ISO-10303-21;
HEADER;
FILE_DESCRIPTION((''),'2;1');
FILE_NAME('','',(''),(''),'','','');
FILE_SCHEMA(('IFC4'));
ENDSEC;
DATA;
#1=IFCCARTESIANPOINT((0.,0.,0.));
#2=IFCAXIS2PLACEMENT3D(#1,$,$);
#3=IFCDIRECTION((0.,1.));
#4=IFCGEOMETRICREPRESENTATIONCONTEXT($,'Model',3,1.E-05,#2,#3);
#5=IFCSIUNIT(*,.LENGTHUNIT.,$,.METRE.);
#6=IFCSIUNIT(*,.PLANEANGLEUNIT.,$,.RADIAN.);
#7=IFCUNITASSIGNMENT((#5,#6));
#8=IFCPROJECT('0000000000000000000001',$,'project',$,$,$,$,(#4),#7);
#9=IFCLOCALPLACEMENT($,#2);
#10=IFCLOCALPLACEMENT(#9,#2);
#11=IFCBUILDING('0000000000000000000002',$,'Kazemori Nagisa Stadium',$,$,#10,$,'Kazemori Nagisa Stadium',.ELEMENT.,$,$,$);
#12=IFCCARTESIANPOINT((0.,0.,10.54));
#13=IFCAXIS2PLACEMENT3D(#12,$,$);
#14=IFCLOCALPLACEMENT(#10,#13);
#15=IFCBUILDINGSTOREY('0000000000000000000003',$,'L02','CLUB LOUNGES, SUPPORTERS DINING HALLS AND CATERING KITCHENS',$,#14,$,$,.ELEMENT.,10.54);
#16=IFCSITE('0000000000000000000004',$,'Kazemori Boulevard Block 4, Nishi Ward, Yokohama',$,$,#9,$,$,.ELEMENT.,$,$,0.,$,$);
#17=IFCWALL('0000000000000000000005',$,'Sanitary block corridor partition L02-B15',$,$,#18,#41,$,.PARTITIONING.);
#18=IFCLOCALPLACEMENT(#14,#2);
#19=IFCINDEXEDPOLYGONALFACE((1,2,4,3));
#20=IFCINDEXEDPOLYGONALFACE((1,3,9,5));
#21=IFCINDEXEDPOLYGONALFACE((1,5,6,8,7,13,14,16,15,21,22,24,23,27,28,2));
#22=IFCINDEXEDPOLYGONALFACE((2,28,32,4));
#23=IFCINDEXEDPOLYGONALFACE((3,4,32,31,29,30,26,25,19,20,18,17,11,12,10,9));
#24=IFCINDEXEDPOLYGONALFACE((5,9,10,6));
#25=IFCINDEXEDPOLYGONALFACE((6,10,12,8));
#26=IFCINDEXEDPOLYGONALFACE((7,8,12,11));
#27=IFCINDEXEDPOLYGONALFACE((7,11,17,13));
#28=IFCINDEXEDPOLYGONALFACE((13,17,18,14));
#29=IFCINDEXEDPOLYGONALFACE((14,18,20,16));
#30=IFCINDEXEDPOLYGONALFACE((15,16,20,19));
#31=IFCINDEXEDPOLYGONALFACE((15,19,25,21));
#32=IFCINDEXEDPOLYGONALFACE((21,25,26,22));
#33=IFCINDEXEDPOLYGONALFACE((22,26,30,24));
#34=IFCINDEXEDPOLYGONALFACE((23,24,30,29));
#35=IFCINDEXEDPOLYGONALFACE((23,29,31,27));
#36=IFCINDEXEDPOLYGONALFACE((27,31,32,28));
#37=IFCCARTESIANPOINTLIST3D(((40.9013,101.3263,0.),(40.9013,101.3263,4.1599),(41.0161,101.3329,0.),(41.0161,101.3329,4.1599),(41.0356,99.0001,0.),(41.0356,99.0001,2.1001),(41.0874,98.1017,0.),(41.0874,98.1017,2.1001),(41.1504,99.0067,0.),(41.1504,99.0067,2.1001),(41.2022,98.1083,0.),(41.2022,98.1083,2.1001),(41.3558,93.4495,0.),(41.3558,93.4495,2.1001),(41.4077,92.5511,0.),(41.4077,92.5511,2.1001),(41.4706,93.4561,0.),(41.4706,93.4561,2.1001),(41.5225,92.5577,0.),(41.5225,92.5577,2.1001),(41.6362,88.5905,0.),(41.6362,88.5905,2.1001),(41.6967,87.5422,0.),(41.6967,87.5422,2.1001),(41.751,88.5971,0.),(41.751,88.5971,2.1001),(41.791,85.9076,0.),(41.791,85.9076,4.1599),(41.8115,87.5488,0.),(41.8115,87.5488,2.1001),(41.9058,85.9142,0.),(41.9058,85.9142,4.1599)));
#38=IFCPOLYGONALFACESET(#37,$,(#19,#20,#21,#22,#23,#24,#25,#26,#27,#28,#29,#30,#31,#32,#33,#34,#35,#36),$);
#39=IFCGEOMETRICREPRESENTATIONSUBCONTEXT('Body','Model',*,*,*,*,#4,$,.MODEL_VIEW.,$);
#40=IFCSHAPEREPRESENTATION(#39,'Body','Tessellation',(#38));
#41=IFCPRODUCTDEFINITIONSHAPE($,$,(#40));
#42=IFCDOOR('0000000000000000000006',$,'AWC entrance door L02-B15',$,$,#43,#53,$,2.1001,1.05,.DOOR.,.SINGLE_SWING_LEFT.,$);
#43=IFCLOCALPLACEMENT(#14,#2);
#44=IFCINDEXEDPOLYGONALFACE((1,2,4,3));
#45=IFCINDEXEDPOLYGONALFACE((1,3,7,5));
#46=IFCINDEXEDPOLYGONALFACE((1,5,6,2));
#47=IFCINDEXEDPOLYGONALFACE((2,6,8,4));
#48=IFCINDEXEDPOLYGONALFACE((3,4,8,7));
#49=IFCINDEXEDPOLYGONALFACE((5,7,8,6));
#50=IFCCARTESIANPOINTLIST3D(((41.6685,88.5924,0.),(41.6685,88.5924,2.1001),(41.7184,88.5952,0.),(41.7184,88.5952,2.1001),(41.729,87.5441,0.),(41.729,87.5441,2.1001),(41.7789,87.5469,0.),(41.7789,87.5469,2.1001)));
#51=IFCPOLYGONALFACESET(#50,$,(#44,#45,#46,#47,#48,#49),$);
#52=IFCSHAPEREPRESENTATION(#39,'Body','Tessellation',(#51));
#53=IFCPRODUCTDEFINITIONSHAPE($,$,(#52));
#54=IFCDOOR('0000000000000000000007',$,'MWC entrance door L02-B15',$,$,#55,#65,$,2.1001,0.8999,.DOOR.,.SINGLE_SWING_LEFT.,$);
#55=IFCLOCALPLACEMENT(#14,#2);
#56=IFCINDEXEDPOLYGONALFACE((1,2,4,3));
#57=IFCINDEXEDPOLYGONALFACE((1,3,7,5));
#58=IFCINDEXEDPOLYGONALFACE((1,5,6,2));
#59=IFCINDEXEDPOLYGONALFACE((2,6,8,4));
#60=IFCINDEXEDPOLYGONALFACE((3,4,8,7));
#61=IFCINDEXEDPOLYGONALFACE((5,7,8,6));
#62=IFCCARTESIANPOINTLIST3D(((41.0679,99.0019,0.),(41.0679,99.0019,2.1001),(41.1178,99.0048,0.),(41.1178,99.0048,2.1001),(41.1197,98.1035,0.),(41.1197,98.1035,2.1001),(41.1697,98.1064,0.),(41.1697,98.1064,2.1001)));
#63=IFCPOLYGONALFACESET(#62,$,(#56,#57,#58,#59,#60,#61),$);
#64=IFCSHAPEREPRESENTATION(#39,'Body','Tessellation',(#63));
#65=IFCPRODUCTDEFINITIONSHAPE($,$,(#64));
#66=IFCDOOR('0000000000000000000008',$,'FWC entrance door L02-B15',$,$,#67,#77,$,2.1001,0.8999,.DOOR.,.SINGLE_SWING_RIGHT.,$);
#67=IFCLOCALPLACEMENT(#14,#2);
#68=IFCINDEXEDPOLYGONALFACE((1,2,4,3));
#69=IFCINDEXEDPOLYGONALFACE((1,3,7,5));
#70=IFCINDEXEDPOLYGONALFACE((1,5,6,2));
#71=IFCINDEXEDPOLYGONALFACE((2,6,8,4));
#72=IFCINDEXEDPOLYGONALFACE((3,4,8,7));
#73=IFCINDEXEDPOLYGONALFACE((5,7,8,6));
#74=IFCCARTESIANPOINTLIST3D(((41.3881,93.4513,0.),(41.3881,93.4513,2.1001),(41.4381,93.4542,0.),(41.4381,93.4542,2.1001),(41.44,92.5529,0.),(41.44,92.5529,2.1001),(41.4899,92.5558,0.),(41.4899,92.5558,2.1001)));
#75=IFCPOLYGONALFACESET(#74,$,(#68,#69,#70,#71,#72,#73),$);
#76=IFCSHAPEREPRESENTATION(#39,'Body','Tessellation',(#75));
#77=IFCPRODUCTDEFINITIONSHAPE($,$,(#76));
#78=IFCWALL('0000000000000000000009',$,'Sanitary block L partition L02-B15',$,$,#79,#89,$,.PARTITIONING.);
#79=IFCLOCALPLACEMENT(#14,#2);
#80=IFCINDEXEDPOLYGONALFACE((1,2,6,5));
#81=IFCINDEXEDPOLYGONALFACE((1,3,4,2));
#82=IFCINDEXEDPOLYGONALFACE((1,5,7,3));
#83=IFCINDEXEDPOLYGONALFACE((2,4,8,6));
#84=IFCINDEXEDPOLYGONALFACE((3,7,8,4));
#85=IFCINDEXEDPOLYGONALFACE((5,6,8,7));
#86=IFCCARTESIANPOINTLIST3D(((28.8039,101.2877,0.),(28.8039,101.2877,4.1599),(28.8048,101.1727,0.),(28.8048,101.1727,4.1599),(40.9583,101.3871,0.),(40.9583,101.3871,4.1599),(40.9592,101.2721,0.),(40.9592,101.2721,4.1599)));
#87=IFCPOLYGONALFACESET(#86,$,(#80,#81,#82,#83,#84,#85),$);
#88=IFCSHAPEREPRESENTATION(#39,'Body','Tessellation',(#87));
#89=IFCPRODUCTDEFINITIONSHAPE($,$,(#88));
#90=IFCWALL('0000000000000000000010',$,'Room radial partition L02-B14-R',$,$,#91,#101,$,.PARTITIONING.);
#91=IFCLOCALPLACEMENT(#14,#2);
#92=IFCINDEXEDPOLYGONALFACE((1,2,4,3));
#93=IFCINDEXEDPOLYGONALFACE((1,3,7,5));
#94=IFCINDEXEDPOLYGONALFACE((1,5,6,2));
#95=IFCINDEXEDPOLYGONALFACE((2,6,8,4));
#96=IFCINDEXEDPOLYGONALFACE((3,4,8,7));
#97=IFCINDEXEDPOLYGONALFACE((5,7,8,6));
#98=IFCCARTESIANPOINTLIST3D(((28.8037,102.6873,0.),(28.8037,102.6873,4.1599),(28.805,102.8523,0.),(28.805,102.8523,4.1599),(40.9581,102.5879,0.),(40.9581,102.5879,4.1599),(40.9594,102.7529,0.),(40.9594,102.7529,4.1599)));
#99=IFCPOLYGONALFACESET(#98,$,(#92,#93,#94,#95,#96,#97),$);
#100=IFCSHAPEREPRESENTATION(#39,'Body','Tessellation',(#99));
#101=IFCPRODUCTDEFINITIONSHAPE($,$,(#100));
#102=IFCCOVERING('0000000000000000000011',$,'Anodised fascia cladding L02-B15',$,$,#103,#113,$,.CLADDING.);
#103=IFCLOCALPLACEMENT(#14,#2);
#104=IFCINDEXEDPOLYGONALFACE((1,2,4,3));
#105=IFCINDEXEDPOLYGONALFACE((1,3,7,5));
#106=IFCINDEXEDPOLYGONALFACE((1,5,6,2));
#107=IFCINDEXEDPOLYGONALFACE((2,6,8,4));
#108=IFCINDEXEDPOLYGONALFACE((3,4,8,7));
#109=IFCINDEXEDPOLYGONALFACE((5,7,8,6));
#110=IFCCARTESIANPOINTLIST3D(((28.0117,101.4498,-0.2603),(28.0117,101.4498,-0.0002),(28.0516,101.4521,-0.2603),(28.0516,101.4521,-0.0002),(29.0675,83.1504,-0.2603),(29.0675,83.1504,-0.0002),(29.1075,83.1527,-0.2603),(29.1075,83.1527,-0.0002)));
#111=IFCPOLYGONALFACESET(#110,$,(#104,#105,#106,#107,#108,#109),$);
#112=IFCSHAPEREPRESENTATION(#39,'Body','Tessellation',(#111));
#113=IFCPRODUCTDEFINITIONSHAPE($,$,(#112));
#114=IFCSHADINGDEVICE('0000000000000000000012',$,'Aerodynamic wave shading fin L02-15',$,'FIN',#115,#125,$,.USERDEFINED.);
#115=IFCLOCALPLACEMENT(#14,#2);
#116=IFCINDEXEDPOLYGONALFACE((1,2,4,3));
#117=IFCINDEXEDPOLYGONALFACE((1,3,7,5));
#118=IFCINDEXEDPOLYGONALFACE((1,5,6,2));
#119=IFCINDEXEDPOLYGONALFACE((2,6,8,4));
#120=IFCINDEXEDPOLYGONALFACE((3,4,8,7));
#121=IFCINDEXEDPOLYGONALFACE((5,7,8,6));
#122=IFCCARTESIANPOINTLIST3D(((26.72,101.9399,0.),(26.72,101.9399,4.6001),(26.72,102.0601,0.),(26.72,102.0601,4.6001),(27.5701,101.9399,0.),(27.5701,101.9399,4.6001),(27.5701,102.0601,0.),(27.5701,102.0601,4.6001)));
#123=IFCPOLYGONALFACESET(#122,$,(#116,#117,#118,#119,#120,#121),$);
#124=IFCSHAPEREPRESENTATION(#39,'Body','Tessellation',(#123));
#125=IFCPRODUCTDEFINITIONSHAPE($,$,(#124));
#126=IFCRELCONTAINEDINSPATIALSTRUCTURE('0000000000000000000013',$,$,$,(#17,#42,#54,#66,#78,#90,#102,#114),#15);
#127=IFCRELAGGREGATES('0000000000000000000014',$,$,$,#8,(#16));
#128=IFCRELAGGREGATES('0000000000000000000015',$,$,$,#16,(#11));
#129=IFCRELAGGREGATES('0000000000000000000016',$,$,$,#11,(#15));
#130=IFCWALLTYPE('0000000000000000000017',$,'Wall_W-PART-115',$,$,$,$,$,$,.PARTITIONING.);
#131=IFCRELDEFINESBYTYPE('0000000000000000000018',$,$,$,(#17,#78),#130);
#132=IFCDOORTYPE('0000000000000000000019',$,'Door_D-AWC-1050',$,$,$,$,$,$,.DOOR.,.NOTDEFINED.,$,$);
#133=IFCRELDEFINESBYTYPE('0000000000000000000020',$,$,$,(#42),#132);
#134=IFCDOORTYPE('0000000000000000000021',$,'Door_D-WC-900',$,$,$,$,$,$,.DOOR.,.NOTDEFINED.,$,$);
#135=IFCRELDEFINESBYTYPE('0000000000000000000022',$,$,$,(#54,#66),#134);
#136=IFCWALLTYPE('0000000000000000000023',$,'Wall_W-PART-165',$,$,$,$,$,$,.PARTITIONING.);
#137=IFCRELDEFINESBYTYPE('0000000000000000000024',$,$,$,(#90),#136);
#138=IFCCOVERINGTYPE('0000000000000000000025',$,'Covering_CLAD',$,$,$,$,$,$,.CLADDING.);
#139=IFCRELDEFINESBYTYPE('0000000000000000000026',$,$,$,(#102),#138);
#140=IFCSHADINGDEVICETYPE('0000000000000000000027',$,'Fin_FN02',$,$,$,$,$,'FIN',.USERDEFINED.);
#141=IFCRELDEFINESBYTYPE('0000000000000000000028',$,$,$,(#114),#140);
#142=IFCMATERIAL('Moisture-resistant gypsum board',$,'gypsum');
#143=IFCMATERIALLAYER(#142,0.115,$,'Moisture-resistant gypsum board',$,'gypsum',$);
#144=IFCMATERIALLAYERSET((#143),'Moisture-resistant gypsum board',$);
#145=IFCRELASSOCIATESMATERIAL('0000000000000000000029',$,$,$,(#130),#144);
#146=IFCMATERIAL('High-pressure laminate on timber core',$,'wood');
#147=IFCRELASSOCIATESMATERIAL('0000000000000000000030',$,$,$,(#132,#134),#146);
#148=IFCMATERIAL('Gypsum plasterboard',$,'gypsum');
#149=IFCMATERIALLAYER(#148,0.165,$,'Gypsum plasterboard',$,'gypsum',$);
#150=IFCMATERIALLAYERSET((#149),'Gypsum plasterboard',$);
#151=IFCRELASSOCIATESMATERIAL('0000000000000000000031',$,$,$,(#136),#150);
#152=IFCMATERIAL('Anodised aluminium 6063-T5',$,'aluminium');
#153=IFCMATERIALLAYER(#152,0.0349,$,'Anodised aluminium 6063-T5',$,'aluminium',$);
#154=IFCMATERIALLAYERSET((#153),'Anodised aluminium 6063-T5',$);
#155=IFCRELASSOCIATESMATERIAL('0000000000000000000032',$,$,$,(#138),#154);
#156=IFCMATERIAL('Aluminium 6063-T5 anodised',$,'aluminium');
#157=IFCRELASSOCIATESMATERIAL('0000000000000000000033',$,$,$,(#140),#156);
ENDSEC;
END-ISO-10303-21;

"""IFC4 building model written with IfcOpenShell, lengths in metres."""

from ifc_helpers import new_model, si_unit, direction, frame, frame_2d, origin, origin_2d, place, context, subcontext, project, spatial, rectangle, extrude, material, layer, layer_set, type_object, element, fill, save


model = new_model("IFC4")

# Units and contexts
model_context = context("Model", 3, precision=1e-05, world=origin(), true_north=direction((0.0, 1.0)))
body_context = subcontext(model_context, "Body", "Model", "MODEL_VIEW")
ifc_project = project(units=[si_unit("LENGTHUNIT", "METRE"), si_unit("PLANEANGLEUNIT", "RADIAN")], contexts=[model_context])

# Site, building, storey
site_placement = place(None, origin())
site = spatial("IfcSite", under=ifc_project, at=site_placement, Name="Kazemori Boulevard Block 4, Nishi Ward, Yokohama", CompositionType="ELEMENT", RefElevation=0.0)
building_placement = place(site_placement, origin())
building = spatial("IfcBuilding", under=site, at=building_placement, Name="Kazemori Nagisa Stadium", LongName="Kazemori Nagisa Stadium", CompositionType="ELEMENT")
storey_placement = place(building_placement, frame((0.0, 0.0, 10.54)))
storey = spatial("IfcBuildingStorey", under=building, at=storey_placement, Name="L02", Description="CLUB LOUNGES, SUPPORTERS DINING HALLS AND CATERING KITCHENS", CompositionType="ELEMENT", Elevation=10.54)

# Shared definitions
ifc_material_1 = material(Name="Anodised aluminium 6063-T5", Category="aluminium")
ifc_material_2 = material(Name="Aluminium 6063-T5 anodised", Category="aluminium")

# Wall, openings, doors
ifc_material_3 = material(Name="Moisture-resistant gypsum board", Category="gypsum")
ifc_layer_1 = layer(ifc_material_3, 0.115, Name="Moisture-resistant gypsum board", Category="gypsum")
ifc_layer_set_1 = layer_set([ifc_layer_1], Name="Moisture-resistant gypsum board")
wall_type_1 = type_object("IfcWallType", Name="Wall_W-PART-115", PredefinedType="PARTITIONING", material=ifc_layer_set_1)
wall_1_placement = place(storey_placement, frame((40.9587, 101.3296, 0.0), z_axis=(0.0, 0.0, 1.0), x_axis=(0.057604, -0.99834, 0.0)))
wall_1 = element("IfcWall", 1, at=wall_1_placement, inside=storey, type_object=wall_type_1, Name="Sanitary block corridor partition L02-B15", PredefinedType="PARTITIONING", context=body_context, shape_type="SweptSolid", body=[
    extrude(rectangle(XDim=15.4443, YDim=0.115, at=frame_2d((7.7222, 0.0))), origin(), (0.0, 0.0, 1.0), 4.1599),
])
opening_1_placement = place(wall_1_placement, frame((2.3301, 0.0, 0.0)))
opening_1 = element("IfcOpeningElement", 2, at=opening_1_placement, cuts=wall_1, PredefinedType="OPENING", context=body_context, shape_type="SweptSolid", body=[
    extrude(rectangle(XDim=0.8999, YDim=2.1001, at=frame_2d((0.45, 1.05))), frame((0.0, 0.0674, 0.0), z_axis=(0.0, -1.0, 0.0), x_axis=(1.0, 0.0, 0.0)), (0.0, 0.0, 1.0), 0.135),
])
opening_2_placement = place(wall_1_placement, frame((7.8899, 0.0, 0.0)))
opening_2 = element("IfcOpeningElement", 3, at=opening_2_placement, cuts=wall_1, PredefinedType="OPENING", context=body_context, shape_type="SweptSolid", body=[
    extrude(rectangle(XDim=0.8999, YDim=2.1001, at=frame_2d((0.45, 1.05))), frame((0.0, 0.0674, 0.0), z_axis=(0.0, -1.0, 0.0), x_axis=(1.0, 0.0, 0.0)), (0.0, 0.0, 1.0), 0.135),
])
opening_3_placement = place(wall_1_placement, frame((12.7571, 0.0, 0.0)))
opening_3 = element("IfcOpeningElement", 4, at=opening_3_placement, cuts=wall_1, PredefinedType="OPENING", context=body_context, shape_type="SweptSolid", body=[
    extrude(rectangle(XDim=1.05, YDim=2.1001, at=frame_2d((0.5249, 1.05))), frame((0.0, 0.0674, 0.0), z_axis=(0.0, -1.0, 0.0), x_axis=(1.0, 0.0, 0.0)), (0.0, 0.0, 1.0), 0.135),
])
ifc_material_4 = material(Name="High-pressure laminate on timber core", Category="wood")
door_type_1 = type_object("IfcDoorType", Name="Door_D-AWC-1050", OperationType="NOTDEFINED", PredefinedType="DOOR", material=ifc_material_4)
door_1_placement = place(opening_3_placement, origin())
door_1 = element("IfcDoor", 5, at=door_1_placement, inside=storey, type_object=door_type_1, Name="AWC entrance door L02-B15", OperationType="SINGLE_SWING_LEFT", OverallHeight=2.1001, OverallWidth=1.05, PredefinedType="DOOR", context=body_context, shape_type="SweptSolid", body=[
    extrude(rectangle(XDim=1.05, YDim=2.1001, at=frame_2d((0.5249, 1.05))), frame((0.0, 0.0249, 0.0), z_axis=(0.0, -1.0, 0.0), x_axis=(1.0, 0.0, 0.0)), (0.0, 0.0, 1.0), 0.05),
])
fill(opening_3, door_1)
door_type_2 = type_object("IfcDoorType", Name="Door_D-WC-900", OperationType="NOTDEFINED", PredefinedType="DOOR", material=ifc_material_4)
door_2_placement = place(opening_1_placement, origin())
door_2 = element("IfcDoor", 6, at=door_2_placement, inside=storey, type_object=door_type_2, Name="MWC entrance door L02-B15", OperationType="SINGLE_SWING_LEFT", OverallHeight=2.1001, OverallWidth=0.8999, PredefinedType="DOOR", context=body_context, shape_type="SweptSolid", body=[
    extrude(rectangle(XDim=0.8999, YDim=2.1001, at=frame_2d((0.45, 1.05))), frame((0.0, 0.0249, 0.0), z_axis=(0.0, -1.0, 0.0), x_axis=(1.0, 0.0, 0.0)), (0.0, 0.0, 1.0), 0.05),
])
fill(opening_1, door_2)
door_3_placement = place(opening_2_placement, origin())
door_3 = element("IfcDoor", 7, at=door_3_placement, inside=storey, type_object=door_type_2, Name="FWC entrance door L02-B15", OperationType="SINGLE_SWING_RIGHT", OverallHeight=2.1001, OverallWidth=0.8999, PredefinedType="DOOR", context=body_context, shape_type="SweptSolid", body=[
    extrude(rectangle(XDim=0.8999, YDim=2.1001, at=frame_2d((0.45, 1.05))), frame((0.0, 0.0249, 0.0), z_axis=(0.0, -1.0, 0.0), x_axis=(1.0, 0.0, 0.0)), (0.0, 0.0, 1.0), 0.05),
])
fill(opening_2, door_3)

# Walls
wall_2_placement = place(storey_placement, frame((40.9587, 101.3296, 0.0), z_axis=(0.0, 0.0, 1.0), x_axis=(-0.999967, -0.008175, 0.0)))
element("IfcWall", 8, at=wall_2_placement, inside=storey, type_object=wall_type_1, Name="Sanitary block L partition L02-B15", PredefinedType="PARTITIONING", context=body_context, shape_type="SweptSolid", body=[
    extrude(rectangle(XDim=12.1548, YDim=0.115, at=frame_2d((6.0774, 0.0))), origin(), (0.0, 0.0, 1.0), 4.1599),
])
ifc_material_5 = material(Name="Gypsum plasterboard", Category="gypsum")
ifc_layer_2 = layer(ifc_material_5, 0.165, Name="Gypsum plasterboard", Category="gypsum")
ifc_layer_set_2 = layer_set([ifc_layer_2], Name="Gypsum plasterboard")
wall_type_2 = type_object("IfcWallType", Name="Wall_W-PART-165", PredefinedType="PARTITIONING", material=ifc_layer_set_2)
wall_3_placement = place(storey_placement, frame((40.9587, 102.6704, 0.0), z_axis=(0.0, 0.0, 1.0), x_axis=(-0.999967, 0.008175, 0.0)))
element("IfcWall", 9, at=wall_3_placement, inside=storey, type_object=wall_type_2, Name="Room radial partition L02-B14-R", PredefinedType="PARTITIONING", context=body_context, shape_type="SweptSolid", body=[
    extrude(rectangle(XDim=12.1548, YDim=0.165, at=frame_2d((6.0774, 0.0))), origin(), (0.0, 0.0, 1.0), 4.1599),
])

# Covering
ifc_layer_3 = layer(ifc_material_1, 0.0349, Name="Anodised aluminium 6063-T5", Category="aluminium")
ifc_layer_set_3 = layer_set([ifc_layer_3], Name="Anodised aluminium 6063-T5")
covering_type = type_object("IfcCoveringType", Name="Covering_CLAD", PredefinedType="CLADDING", material=ifc_layer_set_3)
covering_placement = place(storey_placement, frame((28.5596, 92.3013, -0.2603), z_axis=(0.0, 0.0, 1.0), x_axis=(0.057602, -0.99834, 0.0)))
element("IfcCovering", 10, at=covering_placement, inside=storey, type_object=covering_type, Name="Anodised fascia cladding L02-B15", PredefinedType="CLADDING", context=body_context, shape_type="SweptSolid", body=[
    extrude(rectangle(XDim=18.3298, YDim=0.04, at=origin_2d()), origin(), (0.0, 0.0, 1.0), 0.26),
])

# Shading device
shading_device_type = type_object("IfcShadingDeviceType", Name="Fin_FN02", ElementType="FIN", PredefinedType="USERDEFINED", material=ifc_material_2)
shading_device_placement = place(storey_placement, frame((27.145, 102.0, 0.0), z_axis=(0.0, 0.0, 1.0), x_axis=(-1.0, 0.0, 0.0)))
element("IfcShadingDevice", 11, at=shading_device_placement, inside=storey, type_object=shading_device_type, Name="Aerodynamic wave shading fin L02-15", ObjectType="FIN", PredefinedType="USERDEFINED", context=body_context, shape_type="SweptSolid", body=[
    extrude(rectangle(XDim=0.8501, YDim=0.1201, at=origin_2d()), origin(), (0.0, 0.0, 1.0), 4.6001),
])

save(model, "model.ifc")
